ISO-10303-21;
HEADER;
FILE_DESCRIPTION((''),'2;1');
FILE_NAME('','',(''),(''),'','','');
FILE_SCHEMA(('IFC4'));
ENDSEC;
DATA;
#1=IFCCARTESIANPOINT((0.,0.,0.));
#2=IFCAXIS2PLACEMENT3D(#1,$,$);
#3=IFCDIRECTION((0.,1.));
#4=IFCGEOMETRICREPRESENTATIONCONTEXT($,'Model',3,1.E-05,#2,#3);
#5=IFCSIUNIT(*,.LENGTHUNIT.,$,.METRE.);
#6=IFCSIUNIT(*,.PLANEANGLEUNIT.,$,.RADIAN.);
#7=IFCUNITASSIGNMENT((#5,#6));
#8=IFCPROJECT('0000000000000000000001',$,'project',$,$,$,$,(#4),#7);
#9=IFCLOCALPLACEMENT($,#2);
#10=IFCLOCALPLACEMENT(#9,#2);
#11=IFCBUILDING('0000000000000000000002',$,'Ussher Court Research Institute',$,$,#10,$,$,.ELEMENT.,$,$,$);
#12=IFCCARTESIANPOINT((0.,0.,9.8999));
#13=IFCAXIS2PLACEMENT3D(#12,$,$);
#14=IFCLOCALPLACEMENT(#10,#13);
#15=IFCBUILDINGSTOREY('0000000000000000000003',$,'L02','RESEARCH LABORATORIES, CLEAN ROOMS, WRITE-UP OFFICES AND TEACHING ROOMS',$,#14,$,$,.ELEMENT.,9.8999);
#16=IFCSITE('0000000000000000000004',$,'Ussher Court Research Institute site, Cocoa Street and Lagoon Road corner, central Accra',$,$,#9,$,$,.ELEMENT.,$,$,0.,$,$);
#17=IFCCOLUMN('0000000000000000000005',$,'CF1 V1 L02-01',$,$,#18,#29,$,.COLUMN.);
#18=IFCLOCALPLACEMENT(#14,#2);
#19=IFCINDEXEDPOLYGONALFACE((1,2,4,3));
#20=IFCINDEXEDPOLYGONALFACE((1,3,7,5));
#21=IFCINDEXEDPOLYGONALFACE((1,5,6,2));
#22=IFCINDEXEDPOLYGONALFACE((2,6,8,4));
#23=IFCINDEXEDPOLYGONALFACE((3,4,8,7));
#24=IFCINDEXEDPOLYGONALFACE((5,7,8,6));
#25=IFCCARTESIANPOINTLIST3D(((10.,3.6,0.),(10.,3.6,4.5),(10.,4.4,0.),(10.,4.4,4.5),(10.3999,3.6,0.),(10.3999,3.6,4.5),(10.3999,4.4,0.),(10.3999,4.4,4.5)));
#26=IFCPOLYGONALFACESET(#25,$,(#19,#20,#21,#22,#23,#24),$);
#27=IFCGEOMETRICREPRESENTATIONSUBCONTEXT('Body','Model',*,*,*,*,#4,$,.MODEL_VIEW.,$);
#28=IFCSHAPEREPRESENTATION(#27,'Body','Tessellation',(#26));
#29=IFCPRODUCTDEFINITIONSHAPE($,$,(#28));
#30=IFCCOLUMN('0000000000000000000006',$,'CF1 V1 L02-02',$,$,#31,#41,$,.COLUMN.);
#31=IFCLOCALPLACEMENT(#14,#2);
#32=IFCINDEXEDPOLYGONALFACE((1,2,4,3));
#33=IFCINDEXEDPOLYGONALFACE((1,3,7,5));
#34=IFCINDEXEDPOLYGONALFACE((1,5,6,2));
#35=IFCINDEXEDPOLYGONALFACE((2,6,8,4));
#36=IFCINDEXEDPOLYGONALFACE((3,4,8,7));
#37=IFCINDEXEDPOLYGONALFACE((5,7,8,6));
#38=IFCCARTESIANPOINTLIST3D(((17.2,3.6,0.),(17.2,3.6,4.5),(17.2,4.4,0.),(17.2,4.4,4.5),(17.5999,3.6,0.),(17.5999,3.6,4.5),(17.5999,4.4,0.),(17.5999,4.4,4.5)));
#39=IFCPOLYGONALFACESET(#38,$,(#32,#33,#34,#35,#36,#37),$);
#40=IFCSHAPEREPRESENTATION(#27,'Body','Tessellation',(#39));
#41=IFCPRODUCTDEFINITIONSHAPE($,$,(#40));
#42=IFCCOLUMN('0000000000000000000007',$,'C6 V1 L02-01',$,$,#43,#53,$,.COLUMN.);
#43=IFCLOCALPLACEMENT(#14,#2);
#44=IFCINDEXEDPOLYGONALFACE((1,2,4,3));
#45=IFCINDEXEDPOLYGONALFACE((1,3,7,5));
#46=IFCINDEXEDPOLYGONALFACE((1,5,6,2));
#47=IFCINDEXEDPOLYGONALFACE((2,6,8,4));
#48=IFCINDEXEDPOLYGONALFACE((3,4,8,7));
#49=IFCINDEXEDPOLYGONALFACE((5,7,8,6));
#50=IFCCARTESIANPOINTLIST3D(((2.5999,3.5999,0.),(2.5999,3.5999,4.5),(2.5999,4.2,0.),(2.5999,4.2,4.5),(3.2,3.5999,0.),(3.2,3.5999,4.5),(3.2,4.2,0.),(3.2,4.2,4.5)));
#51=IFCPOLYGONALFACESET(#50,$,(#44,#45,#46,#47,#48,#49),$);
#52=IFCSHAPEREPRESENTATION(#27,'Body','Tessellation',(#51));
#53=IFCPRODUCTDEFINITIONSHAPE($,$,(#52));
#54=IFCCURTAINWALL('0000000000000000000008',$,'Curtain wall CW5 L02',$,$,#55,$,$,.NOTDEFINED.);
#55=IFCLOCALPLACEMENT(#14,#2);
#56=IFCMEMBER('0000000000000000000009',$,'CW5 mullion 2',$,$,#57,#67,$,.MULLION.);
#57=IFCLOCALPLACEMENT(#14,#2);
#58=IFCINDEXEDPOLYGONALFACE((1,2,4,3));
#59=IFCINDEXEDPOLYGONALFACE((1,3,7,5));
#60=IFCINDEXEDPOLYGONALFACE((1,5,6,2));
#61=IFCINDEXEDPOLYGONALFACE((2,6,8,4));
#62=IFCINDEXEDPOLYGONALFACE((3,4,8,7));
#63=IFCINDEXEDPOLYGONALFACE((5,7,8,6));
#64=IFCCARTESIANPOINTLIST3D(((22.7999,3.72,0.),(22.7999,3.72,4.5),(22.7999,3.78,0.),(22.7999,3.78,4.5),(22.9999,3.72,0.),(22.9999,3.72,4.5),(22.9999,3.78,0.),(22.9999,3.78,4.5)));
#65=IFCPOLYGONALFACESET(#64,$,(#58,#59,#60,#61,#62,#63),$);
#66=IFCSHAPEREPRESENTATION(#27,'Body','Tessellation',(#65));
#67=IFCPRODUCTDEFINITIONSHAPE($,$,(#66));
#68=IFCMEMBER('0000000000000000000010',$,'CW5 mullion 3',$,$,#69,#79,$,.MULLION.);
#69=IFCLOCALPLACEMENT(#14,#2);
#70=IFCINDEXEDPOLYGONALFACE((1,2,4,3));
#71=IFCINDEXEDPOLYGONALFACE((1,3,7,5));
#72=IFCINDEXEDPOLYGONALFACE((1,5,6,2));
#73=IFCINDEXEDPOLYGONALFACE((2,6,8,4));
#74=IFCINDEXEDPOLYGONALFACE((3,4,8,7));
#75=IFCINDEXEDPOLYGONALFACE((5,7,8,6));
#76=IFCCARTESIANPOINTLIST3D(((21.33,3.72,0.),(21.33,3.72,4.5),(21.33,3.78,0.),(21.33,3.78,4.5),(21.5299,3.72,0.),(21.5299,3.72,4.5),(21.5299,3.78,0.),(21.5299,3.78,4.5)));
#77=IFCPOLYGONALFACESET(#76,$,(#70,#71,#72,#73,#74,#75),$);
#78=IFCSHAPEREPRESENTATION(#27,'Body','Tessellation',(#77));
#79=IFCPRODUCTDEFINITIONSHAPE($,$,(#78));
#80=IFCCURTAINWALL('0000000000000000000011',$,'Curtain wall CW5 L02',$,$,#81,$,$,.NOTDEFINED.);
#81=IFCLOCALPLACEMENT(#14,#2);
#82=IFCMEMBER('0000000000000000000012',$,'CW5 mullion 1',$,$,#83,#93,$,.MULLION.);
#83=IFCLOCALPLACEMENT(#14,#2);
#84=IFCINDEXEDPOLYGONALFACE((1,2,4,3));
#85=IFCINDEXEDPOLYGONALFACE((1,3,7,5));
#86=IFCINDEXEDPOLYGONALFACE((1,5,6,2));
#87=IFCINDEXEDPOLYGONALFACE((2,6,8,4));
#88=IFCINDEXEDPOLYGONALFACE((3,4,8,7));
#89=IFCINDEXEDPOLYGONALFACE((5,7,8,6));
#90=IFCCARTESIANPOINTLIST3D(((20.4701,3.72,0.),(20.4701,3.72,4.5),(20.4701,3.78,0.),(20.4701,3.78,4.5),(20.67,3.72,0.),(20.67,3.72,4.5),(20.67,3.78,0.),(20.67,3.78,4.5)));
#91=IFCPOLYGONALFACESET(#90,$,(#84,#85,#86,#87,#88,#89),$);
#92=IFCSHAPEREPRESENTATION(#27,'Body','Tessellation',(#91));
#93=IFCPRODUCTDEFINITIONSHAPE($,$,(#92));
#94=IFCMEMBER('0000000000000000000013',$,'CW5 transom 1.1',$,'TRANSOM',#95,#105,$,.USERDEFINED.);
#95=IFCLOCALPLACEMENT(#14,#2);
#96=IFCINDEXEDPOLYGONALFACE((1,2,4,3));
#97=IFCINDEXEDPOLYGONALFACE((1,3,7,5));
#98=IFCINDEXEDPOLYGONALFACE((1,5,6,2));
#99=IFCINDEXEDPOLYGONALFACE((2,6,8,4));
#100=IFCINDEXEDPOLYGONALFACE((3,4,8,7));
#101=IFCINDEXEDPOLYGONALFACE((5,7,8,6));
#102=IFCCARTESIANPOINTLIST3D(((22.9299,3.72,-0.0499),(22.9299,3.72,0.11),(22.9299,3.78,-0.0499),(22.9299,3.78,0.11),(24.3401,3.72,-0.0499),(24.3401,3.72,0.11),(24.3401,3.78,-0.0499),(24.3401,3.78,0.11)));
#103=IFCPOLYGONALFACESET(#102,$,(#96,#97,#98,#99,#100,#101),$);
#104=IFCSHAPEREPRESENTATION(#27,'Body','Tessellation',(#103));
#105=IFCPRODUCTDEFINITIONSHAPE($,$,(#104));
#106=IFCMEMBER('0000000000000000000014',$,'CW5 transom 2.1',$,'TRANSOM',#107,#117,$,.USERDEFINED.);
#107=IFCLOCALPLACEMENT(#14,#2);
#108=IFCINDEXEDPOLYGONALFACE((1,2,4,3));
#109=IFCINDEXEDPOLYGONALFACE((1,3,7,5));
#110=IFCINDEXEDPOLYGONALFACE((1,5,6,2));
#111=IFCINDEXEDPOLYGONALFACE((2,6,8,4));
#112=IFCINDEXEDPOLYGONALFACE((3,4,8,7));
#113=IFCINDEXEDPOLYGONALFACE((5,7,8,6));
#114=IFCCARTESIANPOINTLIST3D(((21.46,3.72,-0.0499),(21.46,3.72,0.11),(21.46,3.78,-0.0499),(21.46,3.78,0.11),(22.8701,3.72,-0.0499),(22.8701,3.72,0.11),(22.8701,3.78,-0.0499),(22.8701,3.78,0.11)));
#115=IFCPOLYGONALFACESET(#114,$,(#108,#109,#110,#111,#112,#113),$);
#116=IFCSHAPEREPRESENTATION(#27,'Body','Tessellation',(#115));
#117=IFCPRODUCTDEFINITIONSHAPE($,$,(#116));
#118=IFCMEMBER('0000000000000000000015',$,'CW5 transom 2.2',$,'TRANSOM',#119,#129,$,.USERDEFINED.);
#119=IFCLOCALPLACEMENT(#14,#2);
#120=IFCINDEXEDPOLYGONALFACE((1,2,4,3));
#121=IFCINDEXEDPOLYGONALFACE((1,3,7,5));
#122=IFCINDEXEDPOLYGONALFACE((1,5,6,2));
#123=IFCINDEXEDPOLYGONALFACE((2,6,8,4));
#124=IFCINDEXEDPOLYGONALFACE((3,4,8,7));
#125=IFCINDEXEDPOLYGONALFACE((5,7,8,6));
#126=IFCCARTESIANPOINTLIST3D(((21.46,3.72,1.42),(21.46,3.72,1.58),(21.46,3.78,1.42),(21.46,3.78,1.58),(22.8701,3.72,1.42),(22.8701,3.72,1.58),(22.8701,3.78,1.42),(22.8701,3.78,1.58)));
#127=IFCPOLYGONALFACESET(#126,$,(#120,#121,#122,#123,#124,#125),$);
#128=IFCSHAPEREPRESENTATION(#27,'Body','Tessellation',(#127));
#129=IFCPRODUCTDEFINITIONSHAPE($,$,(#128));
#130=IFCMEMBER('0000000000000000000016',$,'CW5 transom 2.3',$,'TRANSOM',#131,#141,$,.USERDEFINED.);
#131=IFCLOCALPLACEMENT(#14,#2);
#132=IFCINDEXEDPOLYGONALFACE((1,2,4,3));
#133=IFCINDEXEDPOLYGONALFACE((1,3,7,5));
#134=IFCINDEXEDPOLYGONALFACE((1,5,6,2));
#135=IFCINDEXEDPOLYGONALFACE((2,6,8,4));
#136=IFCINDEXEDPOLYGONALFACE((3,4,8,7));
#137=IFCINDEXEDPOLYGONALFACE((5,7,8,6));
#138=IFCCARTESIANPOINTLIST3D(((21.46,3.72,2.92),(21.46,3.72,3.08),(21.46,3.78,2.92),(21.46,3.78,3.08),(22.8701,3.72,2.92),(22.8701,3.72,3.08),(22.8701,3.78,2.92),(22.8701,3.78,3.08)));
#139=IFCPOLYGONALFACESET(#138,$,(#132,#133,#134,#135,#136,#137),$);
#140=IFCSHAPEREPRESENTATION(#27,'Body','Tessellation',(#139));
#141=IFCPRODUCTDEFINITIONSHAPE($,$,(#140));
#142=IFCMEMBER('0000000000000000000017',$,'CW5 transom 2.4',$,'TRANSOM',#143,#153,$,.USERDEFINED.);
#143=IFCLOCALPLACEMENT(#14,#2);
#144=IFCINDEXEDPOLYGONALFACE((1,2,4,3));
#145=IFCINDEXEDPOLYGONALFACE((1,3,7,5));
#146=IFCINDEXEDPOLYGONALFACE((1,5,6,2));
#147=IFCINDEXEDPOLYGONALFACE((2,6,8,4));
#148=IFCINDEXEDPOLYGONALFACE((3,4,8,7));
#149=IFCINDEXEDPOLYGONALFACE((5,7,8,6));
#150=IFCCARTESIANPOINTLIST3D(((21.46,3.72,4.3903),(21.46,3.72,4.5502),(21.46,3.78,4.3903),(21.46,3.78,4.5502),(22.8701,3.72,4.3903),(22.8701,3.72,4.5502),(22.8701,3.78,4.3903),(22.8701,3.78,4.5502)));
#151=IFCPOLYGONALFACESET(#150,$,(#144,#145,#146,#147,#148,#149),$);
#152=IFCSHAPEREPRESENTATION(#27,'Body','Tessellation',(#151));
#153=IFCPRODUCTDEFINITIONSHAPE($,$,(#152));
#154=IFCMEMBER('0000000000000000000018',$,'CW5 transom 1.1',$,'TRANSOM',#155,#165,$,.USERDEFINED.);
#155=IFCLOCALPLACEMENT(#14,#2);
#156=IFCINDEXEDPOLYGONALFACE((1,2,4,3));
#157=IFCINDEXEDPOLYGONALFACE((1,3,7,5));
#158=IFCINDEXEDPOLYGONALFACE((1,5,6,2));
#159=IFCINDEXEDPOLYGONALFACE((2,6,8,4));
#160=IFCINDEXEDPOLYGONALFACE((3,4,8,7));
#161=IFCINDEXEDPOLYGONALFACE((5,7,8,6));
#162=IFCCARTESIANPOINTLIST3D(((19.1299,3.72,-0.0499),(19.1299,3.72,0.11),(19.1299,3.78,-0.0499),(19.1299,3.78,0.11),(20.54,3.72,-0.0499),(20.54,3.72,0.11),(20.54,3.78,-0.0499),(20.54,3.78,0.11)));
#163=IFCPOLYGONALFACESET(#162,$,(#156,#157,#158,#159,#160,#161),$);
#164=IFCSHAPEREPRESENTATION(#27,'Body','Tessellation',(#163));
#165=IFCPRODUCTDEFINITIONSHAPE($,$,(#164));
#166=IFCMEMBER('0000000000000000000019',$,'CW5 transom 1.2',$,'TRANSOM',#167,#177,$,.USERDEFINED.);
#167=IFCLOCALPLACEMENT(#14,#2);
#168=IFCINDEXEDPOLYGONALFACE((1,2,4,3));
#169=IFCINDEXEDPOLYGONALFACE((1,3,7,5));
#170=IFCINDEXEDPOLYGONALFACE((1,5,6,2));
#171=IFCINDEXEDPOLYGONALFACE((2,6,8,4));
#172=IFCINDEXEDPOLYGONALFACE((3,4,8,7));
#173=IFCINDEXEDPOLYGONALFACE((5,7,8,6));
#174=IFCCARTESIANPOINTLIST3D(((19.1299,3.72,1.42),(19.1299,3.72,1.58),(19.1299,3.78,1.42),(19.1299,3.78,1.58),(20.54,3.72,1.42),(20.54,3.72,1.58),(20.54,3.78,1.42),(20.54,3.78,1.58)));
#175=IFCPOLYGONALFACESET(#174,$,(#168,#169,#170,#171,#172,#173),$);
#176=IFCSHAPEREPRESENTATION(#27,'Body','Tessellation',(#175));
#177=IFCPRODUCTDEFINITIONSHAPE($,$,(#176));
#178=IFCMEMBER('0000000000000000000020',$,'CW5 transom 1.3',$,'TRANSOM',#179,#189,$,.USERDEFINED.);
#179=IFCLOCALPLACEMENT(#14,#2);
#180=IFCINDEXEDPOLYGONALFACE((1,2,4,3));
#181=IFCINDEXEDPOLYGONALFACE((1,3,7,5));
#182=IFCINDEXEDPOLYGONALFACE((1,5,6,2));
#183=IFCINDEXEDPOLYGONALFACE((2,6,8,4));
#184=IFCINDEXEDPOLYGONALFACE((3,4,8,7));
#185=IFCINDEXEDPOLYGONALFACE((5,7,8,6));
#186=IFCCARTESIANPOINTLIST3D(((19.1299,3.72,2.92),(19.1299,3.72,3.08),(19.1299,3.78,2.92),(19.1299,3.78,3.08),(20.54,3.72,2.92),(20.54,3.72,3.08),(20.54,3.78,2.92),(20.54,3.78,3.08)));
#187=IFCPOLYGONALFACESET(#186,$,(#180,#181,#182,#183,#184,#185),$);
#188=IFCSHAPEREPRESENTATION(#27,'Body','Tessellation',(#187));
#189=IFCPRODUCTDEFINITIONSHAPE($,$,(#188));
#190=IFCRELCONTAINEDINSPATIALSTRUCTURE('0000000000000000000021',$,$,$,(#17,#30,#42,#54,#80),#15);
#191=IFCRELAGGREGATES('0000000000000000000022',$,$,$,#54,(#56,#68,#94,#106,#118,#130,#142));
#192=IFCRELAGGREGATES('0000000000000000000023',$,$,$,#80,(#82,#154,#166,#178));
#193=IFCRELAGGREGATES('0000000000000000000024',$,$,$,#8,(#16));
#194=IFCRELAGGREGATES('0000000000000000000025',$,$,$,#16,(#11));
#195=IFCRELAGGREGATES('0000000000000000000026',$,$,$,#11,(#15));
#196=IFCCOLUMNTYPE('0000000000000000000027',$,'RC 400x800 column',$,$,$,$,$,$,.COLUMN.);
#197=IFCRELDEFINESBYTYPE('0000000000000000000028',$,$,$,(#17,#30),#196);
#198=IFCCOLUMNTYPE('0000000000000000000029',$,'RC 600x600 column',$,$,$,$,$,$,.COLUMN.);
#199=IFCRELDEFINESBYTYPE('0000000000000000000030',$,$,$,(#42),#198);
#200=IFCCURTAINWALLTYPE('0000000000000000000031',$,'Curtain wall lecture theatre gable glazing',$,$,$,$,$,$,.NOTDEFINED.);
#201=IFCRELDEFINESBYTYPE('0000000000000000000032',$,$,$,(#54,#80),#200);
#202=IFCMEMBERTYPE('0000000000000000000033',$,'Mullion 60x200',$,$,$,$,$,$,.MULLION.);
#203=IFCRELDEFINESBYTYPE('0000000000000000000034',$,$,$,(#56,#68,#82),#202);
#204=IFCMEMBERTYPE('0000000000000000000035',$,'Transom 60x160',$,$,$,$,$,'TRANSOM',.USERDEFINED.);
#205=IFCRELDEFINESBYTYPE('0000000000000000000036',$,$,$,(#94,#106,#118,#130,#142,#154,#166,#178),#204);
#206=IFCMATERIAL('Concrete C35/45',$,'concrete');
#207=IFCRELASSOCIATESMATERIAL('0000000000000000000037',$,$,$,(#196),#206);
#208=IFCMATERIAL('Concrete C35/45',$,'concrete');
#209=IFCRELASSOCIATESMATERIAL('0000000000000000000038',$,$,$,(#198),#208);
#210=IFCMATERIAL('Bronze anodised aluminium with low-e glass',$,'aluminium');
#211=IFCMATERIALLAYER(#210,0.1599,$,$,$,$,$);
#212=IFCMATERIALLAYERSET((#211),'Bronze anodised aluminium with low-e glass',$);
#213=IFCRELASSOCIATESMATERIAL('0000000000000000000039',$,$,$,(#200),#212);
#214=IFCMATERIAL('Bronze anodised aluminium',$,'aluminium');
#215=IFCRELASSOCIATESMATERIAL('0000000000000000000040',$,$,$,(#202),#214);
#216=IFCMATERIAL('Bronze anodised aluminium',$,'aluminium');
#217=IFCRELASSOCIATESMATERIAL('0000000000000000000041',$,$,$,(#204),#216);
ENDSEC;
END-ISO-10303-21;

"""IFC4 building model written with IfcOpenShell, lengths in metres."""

from ifc_helpers import new_model, si_unit, direction, frame, origin, origin_2d, place, context, subcontext, project, spatial, rectangle, extrude, material, layer, layer_set, material_profile, profile_set, type_object, element, aggregate, save


model = new_model("IFC4")

# Units and contexts
model_context = context("Model", 3, precision=1e-05, world=origin(), true_north=direction((0.0, 1.0)))
body_context = subcontext(model_context, "Body", "Model", "MODEL_VIEW")
ifc_project = project(units=[si_unit("LENGTHUNIT", "METRE"), si_unit("PLANEANGLEUNIT", "RADIAN")], contexts=[model_context])

# Site, building, storey
site_placement = place(None, origin())
site = spatial("IfcSite", under=ifc_project, at=site_placement, Name="Ussher Court Research Institute site, Cocoa Street and Lagoon Road corner, central Accra", CompositionType="ELEMENT", RefElevation=0.0)
building_placement = place(site_placement, origin())
building = spatial("IfcBuilding", under=site, at=building_placement, Name="Ussher Court Research Institute", CompositionType="ELEMENT")
storey_placement = place(building_placement, frame((0.0, 0.0, 9.8999)))
storey = spatial("IfcBuildingStorey", under=building, at=storey_placement, Name="L02", Description="RESEARCH LABORATORIES, CLEAN ROOMS, WRITE-UP OFFICES AND TEACHING ROOMS", CompositionType="ELEMENT", Elevation=9.8999)

# Columns
ifc_material_1 = material(Name="Concrete C35/45", Category="concrete")
ifc_material_profile_1 = material_profile(ifc_material_1, rectangle(XDim=0.3999, YDim=0.8, at=origin_2d()), Name="RC 400x800")
ifc_profile_set_1 = profile_set([ifc_material_profile_1], Name="Concrete C35/45")
column_type_1 = type_object("IfcColumnType", Name="RC 400x800 column", PredefinedType="COLUMN", material=ifc_profile_set_1)
for number, where, z_axis, x_axis, name in (
    (1, (10.2, 4.0, 0.0), (0.0, 0.0, 1.0), (1.0, 0.0, 0.0), "CF1 V1 L02-01"),
    (2, (17.3999, 4.0, 0.0), (0.0, 0.0, 1.0), (1.0, 0.0, 0.0), "CF1 V1 L02-02"),
):
    element("IfcColumn", number, at=place(storey_placement, frame(where, z_axis=z_axis, x_axis=x_axis)), inside=storey, type_object=column_type_1, Name=name, PredefinedType="COLUMN", context=body_context, shape_type="SweptSolid", body=[
        extrude(rectangle(XDim=0.3999, YDim=0.8, at=origin_2d()), origin(), (0.0, 0.0, 1.0), 4.5),
    ])
ifc_material_2 = material(Name="Concrete C35/45", Category="concrete")
ifc_material_profile_2 = material_profile(ifc_material_2, rectangle(XDim=0.6001, YDim=0.6001, at=origin_2d()), Name="RC 600x600")
ifc_profile_set_2 = profile_set([ifc_material_profile_2], Name="Concrete C35/45")
column_type_2 = type_object("IfcColumnType", Name="RC 600x600 column", PredefinedType="COLUMN", material=ifc_profile_set_2)
column_placement = place(storey_placement, frame((2.8999, 3.8999, 0.0), z_axis=(0.0, 0.0, 1.0), x_axis=(1.0, 0.0, 0.0)))
element("IfcColumn", 3, at=column_placement, inside=storey, type_object=column_type_2, Name="C6 V1 L02-01", PredefinedType="COLUMN", context=body_context, shape_type="SweptSolid", body=[
    extrude(rectangle(XDim=0.6001, YDim=0.6001, at=origin_2d()), origin(), (0.0, 0.0, 1.0), 4.5),
])

# Curtain wall, members
ifc_material_3 = material(Name="Bronze anodised aluminium with low-e glass", Category="aluminium")
ifc_layer_1 = layer(ifc_material_3, 0.1599)
ifc_layer_set_1 = layer_set([ifc_layer_1], Name="Bronze anodised aluminium with low-e glass")
curtain_wall_type = type_object("IfcCurtainWallType", Name="Curtain wall lecture theatre gable glazing", PredefinedType="NOTDEFINED", material=ifc_layer_set_1)
curtain_wall_1_placement = place(storey_placement, origin())
curtain_wall_1 = element("IfcCurtainWall", 4, at=curtain_wall_1_placement, inside=storey, type_object=curtain_wall_type, Name="Curtain wall CW5 L02", PredefinedType="NOTDEFINED")
ifc_material_4 = material(Name="Bronze anodised aluminium", Category="aluminium")
ifc_material_profile_3 = material_profile(ifc_material_4, rectangle(XDim=0.0601, YDim=0.2, at=origin_2d()), Name="Mullion 60x200")
ifc_profile_set_3 = profile_set([ifc_material_profile_3], Name="Bronze anodised aluminium")
member_type_1 = type_object("IfcMemberType", Name="Mullion 60x200", PredefinedType="MULLION", material=ifc_profile_set_3)
member_1_placement = place(storey_placement, frame((22.8999, 3.75, 0.0), z_axis=(0.0, 0.0, 1.0), x_axis=(0.0, -1.0, 0.0)))
member_1 = element("IfcMember", 5, at=member_1_placement, type_object=member_type_1, Name="CW5 mullion 2", PredefinedType="MULLION", context=body_context, shape_type="SweptSolid", body=[
    extrude(rectangle(XDim=0.0601, YDim=0.2, at=origin_2d()), origin(), (0.0, 0.0, 1.0), 4.5),
])
member_2_placement = place(storey_placement, frame((21.4299, 3.75, 0.0), z_axis=(0.0, 0.0, 1.0), x_axis=(0.0, -1.0, 0.0)))
member_2 = element("IfcMember", 6, at=member_2_placement, type_object=member_type_1, Name="CW5 mullion 3", PredefinedType="MULLION", context=body_context, shape_type="SweptSolid", body=[
    extrude(rectangle(XDim=0.0601, YDim=0.2, at=origin_2d()), origin(), (0.0, 0.0, 1.0), 4.5),
])

# Curtain wall, member
curtain_wall_2_placement = place(storey_placement, origin())
curtain_wall_2 = element("IfcCurtainWall", 7, at=curtain_wall_2_placement, inside=storey, type_object=curtain_wall_type, Name="Curtain wall CW5 L02", PredefinedType="NOTDEFINED")
member_3_placement = place(storey_placement, frame((20.5701, 3.75, 0.0), z_axis=(0.0, 0.0, 1.0), x_axis=(0.0, -1.0, 0.0)))
member_3 = element("IfcMember", 8, at=member_3_placement, type_object=member_type_1, Name="CW5 mullion 1", PredefinedType="MULLION", context=body_context, shape_type="SweptSolid", body=[
    extrude(rectangle(XDim=0.0601, YDim=0.2, at=origin_2d()), origin(), (0.0, 0.0, 1.0), 4.5),
])

# Members
ifc_material_5 = material(Name="Bronze anodised aluminium", Category="aluminium")
ifc_material_profile_4 = material_profile(ifc_material_5, rectangle(XDim=0.0601, YDim=0.1599, at=origin_2d()), Name="Transom 60x160")
ifc_profile_set_4 = profile_set([ifc_material_profile_4], Name="Bronze anodised aluminium")
member_type_2 = type_object("IfcMemberType", Name="Transom 60x160", ElementType="TRANSOM", PredefinedType="USERDEFINED", material=ifc_profile_set_4)
member_4_placement = place(storey_placement, frame((24.3401, 3.75, 0.03), z_axis=(-1.0, 0.0, 0.0), x_axis=(0.0, -1.0, 0.0)))
member_4 = element("IfcMember", 9, at=member_4_placement, type_object=member_type_2, Name="CW5 transom 1.1", ObjectType="TRANSOM", PredefinedType="USERDEFINED", context=body_context, shape_type="SweptSolid", body=[
    extrude(rectangle(XDim=0.0601, YDim=0.1599, at=origin_2d()), origin(), (0.0, 0.0, 1.0), 1.4102),
])
member_5_placement = place(storey_placement, frame((22.8701, 3.75, 0.03), z_axis=(-1.0, 0.0, 0.0), x_axis=(0.0, -1.0, 0.0)))
member_5 = element("IfcMember", 10, at=member_5_placement, type_object=member_type_2, Name="CW5 transom 2.1", ObjectType="TRANSOM", PredefinedType="USERDEFINED", context=body_context, shape_type="SweptSolid", body=[
    extrude(rectangle(XDim=0.0601, YDim=0.1599, at=origin_2d()), origin(), (0.0, 0.0, 1.0), 1.4102),
])
member_6_placement = place(storey_placement, frame((22.8701, 3.75, 1.5), z_axis=(-1.0, 0.0, 0.0), x_axis=(0.0, -1.0, 0.0)))
member_6 = element("IfcMember", 11, at=member_6_placement, type_object=member_type_2, Name="CW5 transom 2.2", ObjectType="TRANSOM", PredefinedType="USERDEFINED", context=body_context, shape_type="SweptSolid", body=[
    extrude(rectangle(XDim=0.0601, YDim=0.1599, at=origin_2d()), origin(), (0.0, 0.0, 1.0), 1.4102),
])
member_7_placement = place(storey_placement, frame((22.8701, 3.75, 3.0), z_axis=(-1.0, 0.0, 0.0), x_axis=(0.0, -1.0, 0.0)))
member_7 = element("IfcMember", 12, at=member_7_placement, type_object=member_type_2, Name="CW5 transom 2.3", ObjectType="TRANSOM", PredefinedType="USERDEFINED", context=body_context, shape_type="SweptSolid", body=[
    extrude(rectangle(XDim=0.0601, YDim=0.1599, at=origin_2d()), origin(), (0.0, 0.0, 1.0), 1.4102),
])
member_8_placement = place(storey_placement, frame((22.8701, 3.75, 4.4702), z_axis=(-1.0, 0.0, 0.0), x_axis=(0.0, -1.0, 0.0)))
member_8 = element("IfcMember", 13, at=member_8_placement, type_object=member_type_2, Name="CW5 transom 2.4", ObjectType="TRANSOM", PredefinedType="USERDEFINED", context=body_context, shape_type="SweptSolid", body=[
    extrude(rectangle(XDim=0.0601, YDim=0.1599, at=origin_2d()), origin(), (0.0, 0.0, 1.0), 1.4102),
])
member_9_placement = place(storey_placement, frame((20.54, 3.75, 0.03), z_axis=(-1.0, 0.0, 0.0), x_axis=(0.0, -1.0, 0.0)))
member_9 = element("IfcMember", 14, at=member_9_placement, type_object=member_type_2, Name="CW5 transom 1.1", ObjectType="TRANSOM", PredefinedType="USERDEFINED", context=body_context, shape_type="SweptSolid", body=[
    extrude(rectangle(XDim=0.0601, YDim=0.1599, at=origin_2d()), origin(), (0.0, 0.0, 1.0), 1.4102),
])
member_10_placement = place(storey_placement, frame((20.54, 3.75, 1.5), z_axis=(-1.0, 0.0, 0.0), x_axis=(0.0, -1.0, 0.0)))
member_10 = element("IfcMember", 15, at=member_10_placement, type_object=member_type_2, Name="CW5 transom 1.2", ObjectType="TRANSOM", PredefinedType="USERDEFINED", context=body_context, shape_type="SweptSolid", body=[
    extrude(rectangle(XDim=0.0601, YDim=0.1599, at=origin_2d()), origin(), (0.0, 0.0, 1.0), 1.4102),
])
member_11_placement = place(storey_placement, frame((20.54, 3.75, 3.0), z_axis=(-1.0, 0.0, 0.0), x_axis=(0.0, -1.0, 0.0)))
member_11 = element("IfcMember", 16, at=member_11_placement, type_object=member_type_2, Name="CW5 transom 1.3", ObjectType="TRANSOM", PredefinedType="USERDEFINED", context=body_context, shape_type="SweptSolid", body=[
    extrude(rectangle(XDim=0.0601, YDim=0.1599, at=origin_2d()), origin(), (0.0, 0.0, 1.0), 1.4102),
])

aggregate(curtain_wall_1, [member_1, member_2, member_4, member_5, member_6, member_7, member_8])
aggregate(curtain_wall_2, [member_3, member_9, member_10, member_11])

save(model, "model.ifc")
